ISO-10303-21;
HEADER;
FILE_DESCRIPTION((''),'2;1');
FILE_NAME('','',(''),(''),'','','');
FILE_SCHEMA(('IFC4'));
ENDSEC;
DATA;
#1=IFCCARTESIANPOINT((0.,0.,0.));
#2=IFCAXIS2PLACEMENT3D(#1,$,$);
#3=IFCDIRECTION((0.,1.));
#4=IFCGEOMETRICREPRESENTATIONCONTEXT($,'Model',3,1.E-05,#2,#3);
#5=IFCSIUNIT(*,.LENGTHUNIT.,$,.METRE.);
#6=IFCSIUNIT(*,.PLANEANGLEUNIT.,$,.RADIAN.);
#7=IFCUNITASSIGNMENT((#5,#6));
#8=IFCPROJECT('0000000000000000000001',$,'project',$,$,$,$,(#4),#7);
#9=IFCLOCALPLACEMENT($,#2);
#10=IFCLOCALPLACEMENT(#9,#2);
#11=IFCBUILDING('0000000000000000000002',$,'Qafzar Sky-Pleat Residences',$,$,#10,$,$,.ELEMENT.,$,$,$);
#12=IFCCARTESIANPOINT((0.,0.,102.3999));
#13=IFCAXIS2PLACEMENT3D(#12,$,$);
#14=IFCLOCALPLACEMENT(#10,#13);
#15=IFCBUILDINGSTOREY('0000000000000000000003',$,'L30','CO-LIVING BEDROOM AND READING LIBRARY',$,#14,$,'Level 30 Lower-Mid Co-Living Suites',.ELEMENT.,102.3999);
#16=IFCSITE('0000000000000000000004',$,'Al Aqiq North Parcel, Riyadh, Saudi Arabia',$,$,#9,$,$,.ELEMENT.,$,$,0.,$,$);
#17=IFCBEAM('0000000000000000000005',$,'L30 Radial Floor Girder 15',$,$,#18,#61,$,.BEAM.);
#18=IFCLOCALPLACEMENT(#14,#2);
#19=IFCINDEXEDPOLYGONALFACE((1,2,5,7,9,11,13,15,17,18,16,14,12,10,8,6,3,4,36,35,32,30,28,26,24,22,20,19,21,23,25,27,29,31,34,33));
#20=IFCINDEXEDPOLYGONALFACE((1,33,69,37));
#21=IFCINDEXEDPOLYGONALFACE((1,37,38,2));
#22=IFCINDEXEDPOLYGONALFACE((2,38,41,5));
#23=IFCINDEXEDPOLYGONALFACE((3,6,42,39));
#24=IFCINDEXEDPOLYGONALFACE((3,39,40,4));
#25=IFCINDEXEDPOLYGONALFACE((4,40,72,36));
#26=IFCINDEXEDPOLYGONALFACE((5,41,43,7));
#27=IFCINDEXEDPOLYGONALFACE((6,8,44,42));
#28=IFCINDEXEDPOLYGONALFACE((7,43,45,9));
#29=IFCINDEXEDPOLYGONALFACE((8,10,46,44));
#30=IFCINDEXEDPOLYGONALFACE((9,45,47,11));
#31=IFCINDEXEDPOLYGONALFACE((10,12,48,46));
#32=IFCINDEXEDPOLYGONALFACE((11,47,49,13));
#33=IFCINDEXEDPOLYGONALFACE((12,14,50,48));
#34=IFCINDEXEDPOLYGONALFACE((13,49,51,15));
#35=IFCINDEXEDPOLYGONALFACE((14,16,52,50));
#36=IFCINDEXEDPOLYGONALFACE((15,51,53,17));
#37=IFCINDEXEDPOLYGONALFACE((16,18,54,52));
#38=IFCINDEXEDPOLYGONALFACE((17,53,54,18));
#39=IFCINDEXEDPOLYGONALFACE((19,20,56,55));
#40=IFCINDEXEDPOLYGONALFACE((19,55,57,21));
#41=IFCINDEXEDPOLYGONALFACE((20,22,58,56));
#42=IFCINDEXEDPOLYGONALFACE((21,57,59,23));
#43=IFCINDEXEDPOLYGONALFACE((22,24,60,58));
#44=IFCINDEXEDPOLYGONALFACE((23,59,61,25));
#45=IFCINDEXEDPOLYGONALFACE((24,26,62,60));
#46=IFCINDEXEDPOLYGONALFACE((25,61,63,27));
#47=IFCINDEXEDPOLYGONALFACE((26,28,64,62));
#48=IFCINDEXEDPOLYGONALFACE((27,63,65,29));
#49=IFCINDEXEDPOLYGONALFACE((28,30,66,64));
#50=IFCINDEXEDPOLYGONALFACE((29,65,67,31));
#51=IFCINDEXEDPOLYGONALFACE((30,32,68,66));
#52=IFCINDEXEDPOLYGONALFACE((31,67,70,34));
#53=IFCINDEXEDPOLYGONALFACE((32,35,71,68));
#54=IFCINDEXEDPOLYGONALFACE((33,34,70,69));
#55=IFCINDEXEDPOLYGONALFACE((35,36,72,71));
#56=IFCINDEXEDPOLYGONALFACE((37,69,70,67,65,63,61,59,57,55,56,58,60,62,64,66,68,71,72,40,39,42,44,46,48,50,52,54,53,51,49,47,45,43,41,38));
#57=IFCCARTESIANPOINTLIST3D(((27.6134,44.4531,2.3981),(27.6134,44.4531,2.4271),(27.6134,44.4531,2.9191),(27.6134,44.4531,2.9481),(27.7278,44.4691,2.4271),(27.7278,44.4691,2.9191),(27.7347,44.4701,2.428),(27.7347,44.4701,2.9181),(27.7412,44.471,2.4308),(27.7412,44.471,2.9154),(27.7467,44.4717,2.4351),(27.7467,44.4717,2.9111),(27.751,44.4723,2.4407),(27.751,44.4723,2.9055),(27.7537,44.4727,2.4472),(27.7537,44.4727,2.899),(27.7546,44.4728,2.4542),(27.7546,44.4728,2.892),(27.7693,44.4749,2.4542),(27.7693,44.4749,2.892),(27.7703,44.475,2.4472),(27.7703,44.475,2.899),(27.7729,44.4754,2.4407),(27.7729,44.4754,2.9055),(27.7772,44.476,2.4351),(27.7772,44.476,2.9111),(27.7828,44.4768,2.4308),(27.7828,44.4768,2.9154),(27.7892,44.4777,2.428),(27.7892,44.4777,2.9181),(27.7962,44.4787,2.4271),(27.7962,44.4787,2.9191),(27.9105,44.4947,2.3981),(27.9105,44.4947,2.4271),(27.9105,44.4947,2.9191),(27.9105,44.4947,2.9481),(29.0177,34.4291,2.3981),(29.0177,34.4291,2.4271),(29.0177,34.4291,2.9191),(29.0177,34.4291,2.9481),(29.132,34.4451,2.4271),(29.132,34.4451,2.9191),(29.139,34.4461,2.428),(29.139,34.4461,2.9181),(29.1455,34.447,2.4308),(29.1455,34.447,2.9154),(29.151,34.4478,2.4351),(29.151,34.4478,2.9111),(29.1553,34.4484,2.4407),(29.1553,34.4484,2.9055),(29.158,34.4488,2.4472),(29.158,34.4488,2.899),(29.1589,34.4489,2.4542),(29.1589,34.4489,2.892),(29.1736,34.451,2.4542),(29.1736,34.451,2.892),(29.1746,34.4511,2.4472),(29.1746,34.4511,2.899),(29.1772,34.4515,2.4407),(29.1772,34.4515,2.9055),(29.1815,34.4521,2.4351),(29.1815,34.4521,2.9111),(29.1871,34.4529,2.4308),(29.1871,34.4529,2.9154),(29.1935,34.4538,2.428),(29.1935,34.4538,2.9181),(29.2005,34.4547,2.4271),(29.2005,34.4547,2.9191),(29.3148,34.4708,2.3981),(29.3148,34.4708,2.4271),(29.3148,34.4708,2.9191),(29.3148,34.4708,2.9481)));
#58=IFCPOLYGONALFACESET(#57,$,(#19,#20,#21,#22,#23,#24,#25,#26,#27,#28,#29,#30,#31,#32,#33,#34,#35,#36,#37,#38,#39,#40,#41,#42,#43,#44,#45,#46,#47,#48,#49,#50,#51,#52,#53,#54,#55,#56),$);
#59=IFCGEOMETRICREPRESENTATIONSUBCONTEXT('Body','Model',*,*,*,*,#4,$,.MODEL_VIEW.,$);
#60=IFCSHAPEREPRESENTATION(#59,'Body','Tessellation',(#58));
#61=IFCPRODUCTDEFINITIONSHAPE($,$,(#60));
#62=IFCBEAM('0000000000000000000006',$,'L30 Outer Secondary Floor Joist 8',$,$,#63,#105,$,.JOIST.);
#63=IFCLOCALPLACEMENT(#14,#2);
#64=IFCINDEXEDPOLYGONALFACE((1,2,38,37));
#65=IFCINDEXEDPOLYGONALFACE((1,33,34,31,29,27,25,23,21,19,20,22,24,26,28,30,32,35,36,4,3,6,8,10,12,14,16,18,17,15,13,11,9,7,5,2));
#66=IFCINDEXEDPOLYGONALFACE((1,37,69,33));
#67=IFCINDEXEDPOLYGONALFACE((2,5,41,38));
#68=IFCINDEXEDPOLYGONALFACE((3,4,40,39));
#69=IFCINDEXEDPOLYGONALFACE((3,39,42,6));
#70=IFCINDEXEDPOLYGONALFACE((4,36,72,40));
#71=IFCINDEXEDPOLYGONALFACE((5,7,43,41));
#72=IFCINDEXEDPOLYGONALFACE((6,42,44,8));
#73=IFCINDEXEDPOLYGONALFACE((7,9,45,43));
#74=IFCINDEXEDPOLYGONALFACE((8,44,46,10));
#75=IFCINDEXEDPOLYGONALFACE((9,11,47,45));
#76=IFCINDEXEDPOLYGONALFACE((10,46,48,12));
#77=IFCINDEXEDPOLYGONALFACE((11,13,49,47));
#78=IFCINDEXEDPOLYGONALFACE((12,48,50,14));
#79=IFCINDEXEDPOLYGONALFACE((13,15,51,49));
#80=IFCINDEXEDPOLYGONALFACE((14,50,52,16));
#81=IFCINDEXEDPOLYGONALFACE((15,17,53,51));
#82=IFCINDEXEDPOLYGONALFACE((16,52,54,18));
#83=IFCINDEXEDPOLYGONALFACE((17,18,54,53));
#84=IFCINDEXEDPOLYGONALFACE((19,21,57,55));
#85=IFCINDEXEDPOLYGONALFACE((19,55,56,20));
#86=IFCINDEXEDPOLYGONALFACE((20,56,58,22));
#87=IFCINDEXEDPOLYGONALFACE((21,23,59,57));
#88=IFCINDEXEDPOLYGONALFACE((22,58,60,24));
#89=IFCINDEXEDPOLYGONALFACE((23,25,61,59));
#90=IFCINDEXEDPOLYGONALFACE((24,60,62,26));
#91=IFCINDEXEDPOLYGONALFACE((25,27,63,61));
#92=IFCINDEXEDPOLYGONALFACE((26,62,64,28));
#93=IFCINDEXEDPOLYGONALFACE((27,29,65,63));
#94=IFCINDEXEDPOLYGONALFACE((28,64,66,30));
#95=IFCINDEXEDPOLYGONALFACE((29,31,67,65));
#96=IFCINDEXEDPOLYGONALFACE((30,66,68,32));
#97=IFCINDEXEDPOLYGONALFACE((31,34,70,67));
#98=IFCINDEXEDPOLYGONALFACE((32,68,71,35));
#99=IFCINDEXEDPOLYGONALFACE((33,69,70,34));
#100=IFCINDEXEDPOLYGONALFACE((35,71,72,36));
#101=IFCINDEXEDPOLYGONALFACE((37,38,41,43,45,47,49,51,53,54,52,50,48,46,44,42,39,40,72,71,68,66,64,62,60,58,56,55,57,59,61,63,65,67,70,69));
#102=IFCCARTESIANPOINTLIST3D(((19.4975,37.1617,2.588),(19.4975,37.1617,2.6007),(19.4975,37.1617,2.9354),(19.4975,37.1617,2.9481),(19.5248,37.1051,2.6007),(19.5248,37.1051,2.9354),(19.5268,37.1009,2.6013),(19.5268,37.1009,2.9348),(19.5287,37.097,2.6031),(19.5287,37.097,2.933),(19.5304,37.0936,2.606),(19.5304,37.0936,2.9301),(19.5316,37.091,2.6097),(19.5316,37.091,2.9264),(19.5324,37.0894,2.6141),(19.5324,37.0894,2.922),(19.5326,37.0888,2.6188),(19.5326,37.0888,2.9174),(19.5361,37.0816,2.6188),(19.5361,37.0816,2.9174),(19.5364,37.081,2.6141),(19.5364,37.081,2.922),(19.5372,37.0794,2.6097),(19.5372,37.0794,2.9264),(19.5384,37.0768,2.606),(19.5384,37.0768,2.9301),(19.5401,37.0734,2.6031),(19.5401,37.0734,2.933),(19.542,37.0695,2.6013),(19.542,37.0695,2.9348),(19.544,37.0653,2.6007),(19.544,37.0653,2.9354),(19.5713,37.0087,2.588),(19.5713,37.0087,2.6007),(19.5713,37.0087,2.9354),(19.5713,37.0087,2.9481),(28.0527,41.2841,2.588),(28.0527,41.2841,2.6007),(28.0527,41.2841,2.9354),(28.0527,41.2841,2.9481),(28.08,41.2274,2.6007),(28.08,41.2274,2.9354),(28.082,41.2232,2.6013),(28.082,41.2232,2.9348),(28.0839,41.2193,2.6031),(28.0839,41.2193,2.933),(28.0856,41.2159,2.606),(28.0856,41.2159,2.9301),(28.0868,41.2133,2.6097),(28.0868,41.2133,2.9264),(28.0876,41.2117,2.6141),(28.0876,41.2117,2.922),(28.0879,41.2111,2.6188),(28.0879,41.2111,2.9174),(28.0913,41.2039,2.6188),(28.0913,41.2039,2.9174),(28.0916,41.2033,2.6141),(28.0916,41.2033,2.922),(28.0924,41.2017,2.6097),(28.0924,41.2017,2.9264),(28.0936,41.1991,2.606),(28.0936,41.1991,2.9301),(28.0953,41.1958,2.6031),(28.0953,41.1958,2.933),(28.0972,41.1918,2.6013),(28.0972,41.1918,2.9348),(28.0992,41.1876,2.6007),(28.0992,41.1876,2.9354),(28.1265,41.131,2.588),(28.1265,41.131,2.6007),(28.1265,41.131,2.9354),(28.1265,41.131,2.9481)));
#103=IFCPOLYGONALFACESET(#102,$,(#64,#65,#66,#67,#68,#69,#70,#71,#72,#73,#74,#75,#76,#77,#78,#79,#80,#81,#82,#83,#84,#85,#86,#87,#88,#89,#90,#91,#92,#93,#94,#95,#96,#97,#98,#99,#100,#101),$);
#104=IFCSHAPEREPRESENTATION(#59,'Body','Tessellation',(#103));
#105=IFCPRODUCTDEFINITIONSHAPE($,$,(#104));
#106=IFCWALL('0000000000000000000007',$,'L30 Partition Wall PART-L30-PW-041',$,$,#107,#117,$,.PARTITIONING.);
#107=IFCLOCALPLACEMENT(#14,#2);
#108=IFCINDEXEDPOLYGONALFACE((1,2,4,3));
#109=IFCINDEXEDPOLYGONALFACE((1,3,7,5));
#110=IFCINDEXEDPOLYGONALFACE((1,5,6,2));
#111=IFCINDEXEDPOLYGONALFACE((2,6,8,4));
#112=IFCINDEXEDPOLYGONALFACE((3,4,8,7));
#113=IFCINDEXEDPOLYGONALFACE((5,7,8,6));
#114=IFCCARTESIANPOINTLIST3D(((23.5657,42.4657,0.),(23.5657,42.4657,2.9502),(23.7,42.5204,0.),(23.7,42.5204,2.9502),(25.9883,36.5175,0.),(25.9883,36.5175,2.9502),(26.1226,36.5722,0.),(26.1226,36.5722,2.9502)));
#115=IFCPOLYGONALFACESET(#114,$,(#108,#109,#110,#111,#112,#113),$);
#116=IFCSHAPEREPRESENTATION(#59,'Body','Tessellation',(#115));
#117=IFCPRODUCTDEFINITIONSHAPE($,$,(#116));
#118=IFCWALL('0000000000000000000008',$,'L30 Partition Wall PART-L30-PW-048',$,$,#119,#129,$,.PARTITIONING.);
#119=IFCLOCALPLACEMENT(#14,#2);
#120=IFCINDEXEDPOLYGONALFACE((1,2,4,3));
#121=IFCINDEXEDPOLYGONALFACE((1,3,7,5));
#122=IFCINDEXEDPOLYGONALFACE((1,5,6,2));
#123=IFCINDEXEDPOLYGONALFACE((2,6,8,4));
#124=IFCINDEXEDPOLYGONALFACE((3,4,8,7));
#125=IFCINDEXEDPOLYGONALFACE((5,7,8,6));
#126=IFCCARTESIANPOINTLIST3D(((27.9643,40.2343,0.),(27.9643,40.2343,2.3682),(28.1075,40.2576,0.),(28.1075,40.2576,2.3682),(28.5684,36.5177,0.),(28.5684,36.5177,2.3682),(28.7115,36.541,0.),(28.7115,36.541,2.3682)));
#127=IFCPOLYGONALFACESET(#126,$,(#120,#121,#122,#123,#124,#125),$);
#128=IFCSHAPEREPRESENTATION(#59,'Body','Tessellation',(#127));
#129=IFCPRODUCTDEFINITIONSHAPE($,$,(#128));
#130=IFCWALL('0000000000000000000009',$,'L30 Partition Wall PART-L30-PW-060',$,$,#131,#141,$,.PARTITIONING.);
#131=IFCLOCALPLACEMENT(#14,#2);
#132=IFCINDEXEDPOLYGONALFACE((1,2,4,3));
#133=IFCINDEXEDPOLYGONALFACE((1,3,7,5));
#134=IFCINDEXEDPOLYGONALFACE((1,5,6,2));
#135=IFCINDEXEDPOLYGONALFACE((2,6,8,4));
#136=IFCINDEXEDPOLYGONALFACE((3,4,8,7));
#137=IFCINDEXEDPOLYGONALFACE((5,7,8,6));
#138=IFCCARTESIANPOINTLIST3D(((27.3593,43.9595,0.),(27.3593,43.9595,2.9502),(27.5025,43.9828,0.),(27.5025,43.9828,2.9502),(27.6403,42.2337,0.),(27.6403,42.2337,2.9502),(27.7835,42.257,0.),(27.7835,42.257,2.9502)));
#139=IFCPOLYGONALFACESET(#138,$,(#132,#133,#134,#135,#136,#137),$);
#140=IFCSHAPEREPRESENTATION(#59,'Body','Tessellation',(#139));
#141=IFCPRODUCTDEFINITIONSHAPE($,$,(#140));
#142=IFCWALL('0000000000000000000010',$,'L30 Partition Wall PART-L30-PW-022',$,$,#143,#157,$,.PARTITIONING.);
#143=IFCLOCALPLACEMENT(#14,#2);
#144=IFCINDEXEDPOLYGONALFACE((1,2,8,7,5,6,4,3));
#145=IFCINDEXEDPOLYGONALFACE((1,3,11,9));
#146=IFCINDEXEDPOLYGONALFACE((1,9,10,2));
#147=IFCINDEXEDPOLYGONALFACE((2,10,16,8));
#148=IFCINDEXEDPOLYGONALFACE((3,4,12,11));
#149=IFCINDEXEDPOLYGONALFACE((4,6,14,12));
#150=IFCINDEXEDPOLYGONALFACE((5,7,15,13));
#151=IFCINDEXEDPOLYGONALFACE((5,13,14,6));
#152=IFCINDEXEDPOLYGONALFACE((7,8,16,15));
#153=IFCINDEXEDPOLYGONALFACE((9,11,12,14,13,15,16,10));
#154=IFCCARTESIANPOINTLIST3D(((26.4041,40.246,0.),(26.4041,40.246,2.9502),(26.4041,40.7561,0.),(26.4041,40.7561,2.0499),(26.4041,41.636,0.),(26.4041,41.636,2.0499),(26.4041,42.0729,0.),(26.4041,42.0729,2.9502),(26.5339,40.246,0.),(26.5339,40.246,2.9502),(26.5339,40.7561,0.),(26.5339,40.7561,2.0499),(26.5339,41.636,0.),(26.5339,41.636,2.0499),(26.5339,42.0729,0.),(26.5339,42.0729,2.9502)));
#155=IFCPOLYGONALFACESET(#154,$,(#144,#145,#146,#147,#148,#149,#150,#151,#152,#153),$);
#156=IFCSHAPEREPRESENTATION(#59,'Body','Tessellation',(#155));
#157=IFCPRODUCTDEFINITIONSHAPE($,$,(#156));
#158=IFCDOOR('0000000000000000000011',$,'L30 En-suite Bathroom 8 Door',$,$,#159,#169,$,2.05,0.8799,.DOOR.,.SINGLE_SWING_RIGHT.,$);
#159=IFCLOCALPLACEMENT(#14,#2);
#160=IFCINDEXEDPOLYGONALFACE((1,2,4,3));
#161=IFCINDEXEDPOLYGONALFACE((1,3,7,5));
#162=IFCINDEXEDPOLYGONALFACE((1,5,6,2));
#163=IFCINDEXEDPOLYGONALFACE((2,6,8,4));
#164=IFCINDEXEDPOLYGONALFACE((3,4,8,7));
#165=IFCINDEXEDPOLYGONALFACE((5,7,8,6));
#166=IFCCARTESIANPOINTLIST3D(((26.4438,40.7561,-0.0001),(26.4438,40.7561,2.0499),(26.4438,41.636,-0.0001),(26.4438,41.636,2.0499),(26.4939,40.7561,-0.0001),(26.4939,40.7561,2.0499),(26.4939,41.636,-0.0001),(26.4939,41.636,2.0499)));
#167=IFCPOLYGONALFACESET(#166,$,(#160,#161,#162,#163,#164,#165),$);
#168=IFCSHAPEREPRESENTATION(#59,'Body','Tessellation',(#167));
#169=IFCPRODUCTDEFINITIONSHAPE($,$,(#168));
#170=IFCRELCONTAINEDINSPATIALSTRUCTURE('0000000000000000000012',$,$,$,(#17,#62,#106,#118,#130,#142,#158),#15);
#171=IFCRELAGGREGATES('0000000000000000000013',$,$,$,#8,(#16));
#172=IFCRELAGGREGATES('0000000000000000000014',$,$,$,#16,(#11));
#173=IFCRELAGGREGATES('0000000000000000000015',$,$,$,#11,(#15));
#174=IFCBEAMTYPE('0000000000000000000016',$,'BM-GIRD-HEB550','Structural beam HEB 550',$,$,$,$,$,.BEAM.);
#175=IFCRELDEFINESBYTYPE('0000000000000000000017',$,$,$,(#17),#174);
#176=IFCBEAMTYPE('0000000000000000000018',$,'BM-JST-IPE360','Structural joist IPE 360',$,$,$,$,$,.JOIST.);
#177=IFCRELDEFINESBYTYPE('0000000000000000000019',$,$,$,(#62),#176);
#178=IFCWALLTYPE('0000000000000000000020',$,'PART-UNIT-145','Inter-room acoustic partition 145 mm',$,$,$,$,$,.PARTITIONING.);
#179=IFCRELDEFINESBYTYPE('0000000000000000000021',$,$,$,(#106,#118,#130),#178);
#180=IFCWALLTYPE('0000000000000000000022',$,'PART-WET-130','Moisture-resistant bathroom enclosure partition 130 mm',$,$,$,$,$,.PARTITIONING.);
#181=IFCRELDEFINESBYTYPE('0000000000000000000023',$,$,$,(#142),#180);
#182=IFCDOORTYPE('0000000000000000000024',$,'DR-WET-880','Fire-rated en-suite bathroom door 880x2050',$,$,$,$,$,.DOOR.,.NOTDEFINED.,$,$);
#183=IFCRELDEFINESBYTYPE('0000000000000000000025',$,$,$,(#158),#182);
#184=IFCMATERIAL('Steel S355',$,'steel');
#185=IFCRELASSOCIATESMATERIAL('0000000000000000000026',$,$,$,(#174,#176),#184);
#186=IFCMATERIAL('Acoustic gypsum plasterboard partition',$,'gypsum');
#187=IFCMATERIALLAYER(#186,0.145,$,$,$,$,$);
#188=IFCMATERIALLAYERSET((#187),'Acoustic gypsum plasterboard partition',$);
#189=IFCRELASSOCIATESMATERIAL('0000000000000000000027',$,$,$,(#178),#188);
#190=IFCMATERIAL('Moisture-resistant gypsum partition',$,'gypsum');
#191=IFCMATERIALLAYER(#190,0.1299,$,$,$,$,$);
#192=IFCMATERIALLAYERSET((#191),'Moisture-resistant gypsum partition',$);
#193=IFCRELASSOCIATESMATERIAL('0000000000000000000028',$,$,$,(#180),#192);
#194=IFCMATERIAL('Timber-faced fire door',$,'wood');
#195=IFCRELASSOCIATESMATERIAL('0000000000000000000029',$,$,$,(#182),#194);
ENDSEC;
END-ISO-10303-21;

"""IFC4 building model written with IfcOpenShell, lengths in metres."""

from ifc_helpers import new_model, si_unit, direction, frame, frame_2d, origin, origin_2d, place, context, subcontext, project, spatial, rectangle, i_section, extrude, source, transform, mapped, material, layer, layer_set, material_profile, profile_set, type_object, element, fill, save


model = new_model("IFC4")

# Units and contexts
model_context = context("Model", 3, precision=1e-05, world=origin(), true_north=direction((0.0, 1.0)))
body_context = subcontext(model_context, "Body", "Model", "MODEL_VIEW")
ifc_project = project(units=[si_unit("LENGTHUNIT", "METRE"), si_unit("PLANEANGLEUNIT", "RADIAN")], contexts=[model_context])

# Site, building, storey
site_placement = place(None, origin())
site = spatial("IfcSite", under=ifc_project, at=site_placement, Name="Al Aqiq North Parcel, Riyadh, Saudi Arabia", CompositionType="ELEMENT", RefElevation=0.0)
building_placement = place(site_placement, origin())
building = spatial("IfcBuilding", under=site, at=building_placement, Name="Qafzar Sky-Pleat Residences", CompositionType="ELEMENT")
storey_placement = place(building_placement, frame((0.0, 0.0, 102.3999)))
storey = spatial("IfcBuildingStorey", under=building, at=storey_placement, Name="L30", Description="CO-LIVING BEDROOM AND READING LIBRARY", LongName="Level 30 Lower-Mid Co-Living Suites", CompositionType="ELEMENT", Elevation=102.3999)

# Beams
ifc_material_1 = material(Name="Steel S355", Category="steel")
ifc_material_profile_1 = material_profile(ifc_material_1, i_section(OverallWidth=0.3, OverallDepth=0.55, WebThickness=0.0149, FlangeThickness=0.0291, FilletRadius=0.0271, at=origin_2d()), Name="HEB 550")
ifc_profile_set_1 = profile_set([ifc_material_profile_1], Name="Steel S355")
beam_type_1 = type_object("IfcBeamType", Name="BM-GIRD-HEB550", Description="Structural beam HEB 550", PredefinedType="BEAM", material=ifc_profile_set_1)
shared_shape_1 = source(origin(), body_context, "Body", "SweptSolid", [
    extrude(i_section(OverallWidth=0.3, OverallDepth=0.55, WebThickness=0.0149, FlangeThickness=0.0291, FilletRadius=0.0271, at=origin_2d()), origin(), (0.0, 0.0, 1.0), 10.1218),
])
beam_1_placement = place(storey_placement, frame((27.762, 44.4739, 2.6731), z_axis=(0.13874, -0.990329, 0.0), x_axis=(0.990329, 0.13874, 0.0)))
element("IfcBeam", 1, at=beam_1_placement, inside=storey, type_object=beam_type_1, Name="L30 Radial Floor Girder 15", PredefinedType="BEAM", context=body_context, shape_type="MappedRepresentation", body=[
    mapped(shared_shape_1, transform((0.0, 0.0, 0.0), x_axis=(1.0, 0.0, 0.0), y_axis=(0.0, 1.0, 0.0), z_axis=(0.0, 0.0, 1.0), scale=1.0)),
])
ifc_material_profile_2 = material_profile(ifc_material_1, i_section(OverallWidth=0.1699, OverallDepth=0.3601, WebThickness=0.0081, FlangeThickness=0.0127, FilletRadius=0.0181, at=origin_2d()), Name="IPE 360")
ifc_profile_set_2 = profile_set([ifc_material_profile_2], Name="Steel S355")
beam_type_2 = type_object("IfcBeamType", Name="BM-JST-IPE360", Description="Structural joist IPE 360", PredefinedType="JOIST", material=ifc_profile_set_2)
shared_shape_2 = source(origin(), body_context, "Body", "SweptSolid", [
    extrude(i_section(OverallWidth=0.1699, OverallDepth=0.3601, WebThickness=0.0081, FlangeThickness=0.0127, FilletRadius=0.0181, at=origin_2d()), origin(), (0.0, 0.0, 1.0), 9.4966),
])
beam_2_placement = place(storey_placement, frame((28.0896, 41.2075, 2.7681), z_axis=(-0.900872, -0.434085, 0.0), x_axis=(0.434085, -0.900872, 0.0)))
element("IfcBeam", 2, at=beam_2_placement, inside=storey, type_object=beam_type_2, Name="L30 Outer Secondary Floor Joist 8", PredefinedType="JOIST", context=body_context, shape_type="MappedRepresentation", body=[
    mapped(shared_shape_2, transform((0.0, 0.0, 0.0), x_axis=(1.0, 0.0, 0.0), y_axis=(0.0, 1.0, 0.0), z_axis=(0.0, 0.0, 1.0), scale=1.0)),
])

# Walls
ifc_material_2 = material(Name="Acoustic gypsum plasterboard partition", Category="gypsum")
ifc_layer_1 = layer(ifc_material_2, 0.145)
ifc_layer_set_1 = layer_set([ifc_layer_1], Name="Acoustic gypsum plasterboard partition")
wall_type_1 = type_object("IfcWallType", Name="PART-UNIT-145", Description="Inter-room acoustic partition 145 mm", PredefinedType="PARTITIONING", material=ifc_layer_set_1)
wall_1_placement = place(storey_placement, frame((23.6328, 42.4932, 0.0), z_axis=(0.0, 0.0, 1.0), x_axis=(0.377197, -0.926133, 0.0)))
element("IfcWall", 3, at=wall_1_placement, inside=storey, type_object=wall_type_1, Name="L30 Partition Wall PART-L30-PW-041", PredefinedType="PARTITIONING", context=body_context, shape_type="SweptSolid", body=[
    extrude(rectangle(XDim=6.4226, YDim=0.145, at=frame_2d((3.2114, 0.0))), origin(), (0.0, 0.0, 1.0), 2.9502),
])
wall_2_placement = place(storey_placement, frame((28.0359, 40.2461, 0.0), z_axis=(0.0, 0.0, 1.0), x_axis=(0.160413, -0.98705, 0.0)))
element("IfcWall", 4, at=wall_2_placement, inside=storey, type_object=wall_type_1, Name="L30 Partition Wall PART-L30-PW-048", PredefinedType="PARTITIONING", context=body_context, shape_type="SweptSolid", body=[
    extrude(rectangle(XDim=3.7654, YDim=0.145, at=frame_2d((1.8828, 0.0))), origin(), (0.0, 0.0, 1.0), 2.3682),
])
wall_3_placement = place(storey_placement, frame((27.4309, 43.9712, 0.0), z_axis=(0.0, 0.0, 1.0), x_axis=(0.160707, -0.987002, 0.0)))
element("IfcWall", 5, at=wall_3_placement, inside=storey, type_object=wall_type_1, Name="L30 Partition Wall PART-L30-PW-060", PredefinedType="PARTITIONING", context=body_context, shape_type="SweptSolid", body=[
    extrude(rectangle(XDim=1.7485, YDim=0.145, at=frame_2d((0.8743, 0.0))), origin(), (0.0, 0.0, 1.0), 2.9502),
])

# Wall, opening, door
ifc_material_3 = material(Name="Moisture-resistant gypsum partition", Category="gypsum")
ifc_layer_2 = layer(ifc_material_3, 0.1299)
ifc_layer_set_2 = layer_set([ifc_layer_2], Name="Moisture-resistant gypsum partition")
wall_type_2 = type_object("IfcWallType", Name="PART-WET-130", Description="Moisture-resistant bathroom enclosure partition 130 mm", PredefinedType="PARTITIONING", material=ifc_layer_set_2)
wall_4_placement = place(storey_placement, frame((26.469, 42.073, 0.0), z_axis=(0.0, 0.0, 1.0), x_axis=(0.0, -1.0, 0.0)))
wall_4 = element("IfcWall", 6, at=wall_4_placement, inside=storey, type_object=wall_type_2, Name="L30 Partition Wall PART-L30-PW-022", PredefinedType="PARTITIONING", context=body_context, shape_type="SweptSolid", body=[
    extrude(rectangle(XDim=1.8269, YDim=0.1299, at=frame_2d((0.9136, 0.0))), origin(), (0.0, 0.0, 1.0), 2.9502),
])
opening_1_placement = place(wall_4_placement, frame((0.437, 0.0, 0.0)))
opening_1 = element("IfcOpeningElement", 7, at=opening_1_placement, cuts=wall_4, PredefinedType="OPENING", context=body_context, shape_type="SweptSolid", body=[
    extrude(rectangle(XDim=0.8799, YDim=2.05, at=frame_2d((0.4399, 1.0249))), frame((0.0, 0.075, 0.0), z_axis=(0.0, -1.0, 0.0), x_axis=(1.0, 0.0, 0.0)), (0.0, 0.0, 1.0), 0.1499),
])
ifc_material_4 = material(Name="Timber-faced fire door", Category="wood")
door_type = type_object("IfcDoorType", Name="DR-WET-880", Description="Fire-rated en-suite bathroom door 880x2050", OperationType="NOTDEFINED", PredefinedType="DOOR", material=ifc_material_4)
shared_shape_3 = source(origin(), body_context, "Body", "SweptSolid", [
    extrude(rectangle(XDim=0.8799, YDim=2.05, at=frame_2d((0.4399, 1.0249))), frame((0.0, 0.0249, 0.0), z_axis=(0.0, -1.0, 0.0), x_axis=(1.0, 0.0, 0.0)), (0.0, 0.0, 1.0), 0.05),
])
door_1_placement = place(opening_1_placement, origin())
door_1 = element("IfcDoor", 8, at=door_1_placement, inside=storey, type_object=door_type, Name="L30 En-suite Bathroom 8 Door", OperationType="SINGLE_SWING_RIGHT", OverallHeight=2.05, OverallWidth=0.8799, PredefinedType="DOOR", context=body_context, shape_type="MappedRepresentation", body=[
    mapped(shared_shape_3, transform((0.0, 0.0, 0.0), x_axis=(1.0, 0.0, 0.0), y_axis=(0.0, 1.0, 0.0), z_axis=(0.0, 0.0, 1.0), scale=1.0)),
])
fill(opening_1, door_1)

save(model, "model.ifc")
